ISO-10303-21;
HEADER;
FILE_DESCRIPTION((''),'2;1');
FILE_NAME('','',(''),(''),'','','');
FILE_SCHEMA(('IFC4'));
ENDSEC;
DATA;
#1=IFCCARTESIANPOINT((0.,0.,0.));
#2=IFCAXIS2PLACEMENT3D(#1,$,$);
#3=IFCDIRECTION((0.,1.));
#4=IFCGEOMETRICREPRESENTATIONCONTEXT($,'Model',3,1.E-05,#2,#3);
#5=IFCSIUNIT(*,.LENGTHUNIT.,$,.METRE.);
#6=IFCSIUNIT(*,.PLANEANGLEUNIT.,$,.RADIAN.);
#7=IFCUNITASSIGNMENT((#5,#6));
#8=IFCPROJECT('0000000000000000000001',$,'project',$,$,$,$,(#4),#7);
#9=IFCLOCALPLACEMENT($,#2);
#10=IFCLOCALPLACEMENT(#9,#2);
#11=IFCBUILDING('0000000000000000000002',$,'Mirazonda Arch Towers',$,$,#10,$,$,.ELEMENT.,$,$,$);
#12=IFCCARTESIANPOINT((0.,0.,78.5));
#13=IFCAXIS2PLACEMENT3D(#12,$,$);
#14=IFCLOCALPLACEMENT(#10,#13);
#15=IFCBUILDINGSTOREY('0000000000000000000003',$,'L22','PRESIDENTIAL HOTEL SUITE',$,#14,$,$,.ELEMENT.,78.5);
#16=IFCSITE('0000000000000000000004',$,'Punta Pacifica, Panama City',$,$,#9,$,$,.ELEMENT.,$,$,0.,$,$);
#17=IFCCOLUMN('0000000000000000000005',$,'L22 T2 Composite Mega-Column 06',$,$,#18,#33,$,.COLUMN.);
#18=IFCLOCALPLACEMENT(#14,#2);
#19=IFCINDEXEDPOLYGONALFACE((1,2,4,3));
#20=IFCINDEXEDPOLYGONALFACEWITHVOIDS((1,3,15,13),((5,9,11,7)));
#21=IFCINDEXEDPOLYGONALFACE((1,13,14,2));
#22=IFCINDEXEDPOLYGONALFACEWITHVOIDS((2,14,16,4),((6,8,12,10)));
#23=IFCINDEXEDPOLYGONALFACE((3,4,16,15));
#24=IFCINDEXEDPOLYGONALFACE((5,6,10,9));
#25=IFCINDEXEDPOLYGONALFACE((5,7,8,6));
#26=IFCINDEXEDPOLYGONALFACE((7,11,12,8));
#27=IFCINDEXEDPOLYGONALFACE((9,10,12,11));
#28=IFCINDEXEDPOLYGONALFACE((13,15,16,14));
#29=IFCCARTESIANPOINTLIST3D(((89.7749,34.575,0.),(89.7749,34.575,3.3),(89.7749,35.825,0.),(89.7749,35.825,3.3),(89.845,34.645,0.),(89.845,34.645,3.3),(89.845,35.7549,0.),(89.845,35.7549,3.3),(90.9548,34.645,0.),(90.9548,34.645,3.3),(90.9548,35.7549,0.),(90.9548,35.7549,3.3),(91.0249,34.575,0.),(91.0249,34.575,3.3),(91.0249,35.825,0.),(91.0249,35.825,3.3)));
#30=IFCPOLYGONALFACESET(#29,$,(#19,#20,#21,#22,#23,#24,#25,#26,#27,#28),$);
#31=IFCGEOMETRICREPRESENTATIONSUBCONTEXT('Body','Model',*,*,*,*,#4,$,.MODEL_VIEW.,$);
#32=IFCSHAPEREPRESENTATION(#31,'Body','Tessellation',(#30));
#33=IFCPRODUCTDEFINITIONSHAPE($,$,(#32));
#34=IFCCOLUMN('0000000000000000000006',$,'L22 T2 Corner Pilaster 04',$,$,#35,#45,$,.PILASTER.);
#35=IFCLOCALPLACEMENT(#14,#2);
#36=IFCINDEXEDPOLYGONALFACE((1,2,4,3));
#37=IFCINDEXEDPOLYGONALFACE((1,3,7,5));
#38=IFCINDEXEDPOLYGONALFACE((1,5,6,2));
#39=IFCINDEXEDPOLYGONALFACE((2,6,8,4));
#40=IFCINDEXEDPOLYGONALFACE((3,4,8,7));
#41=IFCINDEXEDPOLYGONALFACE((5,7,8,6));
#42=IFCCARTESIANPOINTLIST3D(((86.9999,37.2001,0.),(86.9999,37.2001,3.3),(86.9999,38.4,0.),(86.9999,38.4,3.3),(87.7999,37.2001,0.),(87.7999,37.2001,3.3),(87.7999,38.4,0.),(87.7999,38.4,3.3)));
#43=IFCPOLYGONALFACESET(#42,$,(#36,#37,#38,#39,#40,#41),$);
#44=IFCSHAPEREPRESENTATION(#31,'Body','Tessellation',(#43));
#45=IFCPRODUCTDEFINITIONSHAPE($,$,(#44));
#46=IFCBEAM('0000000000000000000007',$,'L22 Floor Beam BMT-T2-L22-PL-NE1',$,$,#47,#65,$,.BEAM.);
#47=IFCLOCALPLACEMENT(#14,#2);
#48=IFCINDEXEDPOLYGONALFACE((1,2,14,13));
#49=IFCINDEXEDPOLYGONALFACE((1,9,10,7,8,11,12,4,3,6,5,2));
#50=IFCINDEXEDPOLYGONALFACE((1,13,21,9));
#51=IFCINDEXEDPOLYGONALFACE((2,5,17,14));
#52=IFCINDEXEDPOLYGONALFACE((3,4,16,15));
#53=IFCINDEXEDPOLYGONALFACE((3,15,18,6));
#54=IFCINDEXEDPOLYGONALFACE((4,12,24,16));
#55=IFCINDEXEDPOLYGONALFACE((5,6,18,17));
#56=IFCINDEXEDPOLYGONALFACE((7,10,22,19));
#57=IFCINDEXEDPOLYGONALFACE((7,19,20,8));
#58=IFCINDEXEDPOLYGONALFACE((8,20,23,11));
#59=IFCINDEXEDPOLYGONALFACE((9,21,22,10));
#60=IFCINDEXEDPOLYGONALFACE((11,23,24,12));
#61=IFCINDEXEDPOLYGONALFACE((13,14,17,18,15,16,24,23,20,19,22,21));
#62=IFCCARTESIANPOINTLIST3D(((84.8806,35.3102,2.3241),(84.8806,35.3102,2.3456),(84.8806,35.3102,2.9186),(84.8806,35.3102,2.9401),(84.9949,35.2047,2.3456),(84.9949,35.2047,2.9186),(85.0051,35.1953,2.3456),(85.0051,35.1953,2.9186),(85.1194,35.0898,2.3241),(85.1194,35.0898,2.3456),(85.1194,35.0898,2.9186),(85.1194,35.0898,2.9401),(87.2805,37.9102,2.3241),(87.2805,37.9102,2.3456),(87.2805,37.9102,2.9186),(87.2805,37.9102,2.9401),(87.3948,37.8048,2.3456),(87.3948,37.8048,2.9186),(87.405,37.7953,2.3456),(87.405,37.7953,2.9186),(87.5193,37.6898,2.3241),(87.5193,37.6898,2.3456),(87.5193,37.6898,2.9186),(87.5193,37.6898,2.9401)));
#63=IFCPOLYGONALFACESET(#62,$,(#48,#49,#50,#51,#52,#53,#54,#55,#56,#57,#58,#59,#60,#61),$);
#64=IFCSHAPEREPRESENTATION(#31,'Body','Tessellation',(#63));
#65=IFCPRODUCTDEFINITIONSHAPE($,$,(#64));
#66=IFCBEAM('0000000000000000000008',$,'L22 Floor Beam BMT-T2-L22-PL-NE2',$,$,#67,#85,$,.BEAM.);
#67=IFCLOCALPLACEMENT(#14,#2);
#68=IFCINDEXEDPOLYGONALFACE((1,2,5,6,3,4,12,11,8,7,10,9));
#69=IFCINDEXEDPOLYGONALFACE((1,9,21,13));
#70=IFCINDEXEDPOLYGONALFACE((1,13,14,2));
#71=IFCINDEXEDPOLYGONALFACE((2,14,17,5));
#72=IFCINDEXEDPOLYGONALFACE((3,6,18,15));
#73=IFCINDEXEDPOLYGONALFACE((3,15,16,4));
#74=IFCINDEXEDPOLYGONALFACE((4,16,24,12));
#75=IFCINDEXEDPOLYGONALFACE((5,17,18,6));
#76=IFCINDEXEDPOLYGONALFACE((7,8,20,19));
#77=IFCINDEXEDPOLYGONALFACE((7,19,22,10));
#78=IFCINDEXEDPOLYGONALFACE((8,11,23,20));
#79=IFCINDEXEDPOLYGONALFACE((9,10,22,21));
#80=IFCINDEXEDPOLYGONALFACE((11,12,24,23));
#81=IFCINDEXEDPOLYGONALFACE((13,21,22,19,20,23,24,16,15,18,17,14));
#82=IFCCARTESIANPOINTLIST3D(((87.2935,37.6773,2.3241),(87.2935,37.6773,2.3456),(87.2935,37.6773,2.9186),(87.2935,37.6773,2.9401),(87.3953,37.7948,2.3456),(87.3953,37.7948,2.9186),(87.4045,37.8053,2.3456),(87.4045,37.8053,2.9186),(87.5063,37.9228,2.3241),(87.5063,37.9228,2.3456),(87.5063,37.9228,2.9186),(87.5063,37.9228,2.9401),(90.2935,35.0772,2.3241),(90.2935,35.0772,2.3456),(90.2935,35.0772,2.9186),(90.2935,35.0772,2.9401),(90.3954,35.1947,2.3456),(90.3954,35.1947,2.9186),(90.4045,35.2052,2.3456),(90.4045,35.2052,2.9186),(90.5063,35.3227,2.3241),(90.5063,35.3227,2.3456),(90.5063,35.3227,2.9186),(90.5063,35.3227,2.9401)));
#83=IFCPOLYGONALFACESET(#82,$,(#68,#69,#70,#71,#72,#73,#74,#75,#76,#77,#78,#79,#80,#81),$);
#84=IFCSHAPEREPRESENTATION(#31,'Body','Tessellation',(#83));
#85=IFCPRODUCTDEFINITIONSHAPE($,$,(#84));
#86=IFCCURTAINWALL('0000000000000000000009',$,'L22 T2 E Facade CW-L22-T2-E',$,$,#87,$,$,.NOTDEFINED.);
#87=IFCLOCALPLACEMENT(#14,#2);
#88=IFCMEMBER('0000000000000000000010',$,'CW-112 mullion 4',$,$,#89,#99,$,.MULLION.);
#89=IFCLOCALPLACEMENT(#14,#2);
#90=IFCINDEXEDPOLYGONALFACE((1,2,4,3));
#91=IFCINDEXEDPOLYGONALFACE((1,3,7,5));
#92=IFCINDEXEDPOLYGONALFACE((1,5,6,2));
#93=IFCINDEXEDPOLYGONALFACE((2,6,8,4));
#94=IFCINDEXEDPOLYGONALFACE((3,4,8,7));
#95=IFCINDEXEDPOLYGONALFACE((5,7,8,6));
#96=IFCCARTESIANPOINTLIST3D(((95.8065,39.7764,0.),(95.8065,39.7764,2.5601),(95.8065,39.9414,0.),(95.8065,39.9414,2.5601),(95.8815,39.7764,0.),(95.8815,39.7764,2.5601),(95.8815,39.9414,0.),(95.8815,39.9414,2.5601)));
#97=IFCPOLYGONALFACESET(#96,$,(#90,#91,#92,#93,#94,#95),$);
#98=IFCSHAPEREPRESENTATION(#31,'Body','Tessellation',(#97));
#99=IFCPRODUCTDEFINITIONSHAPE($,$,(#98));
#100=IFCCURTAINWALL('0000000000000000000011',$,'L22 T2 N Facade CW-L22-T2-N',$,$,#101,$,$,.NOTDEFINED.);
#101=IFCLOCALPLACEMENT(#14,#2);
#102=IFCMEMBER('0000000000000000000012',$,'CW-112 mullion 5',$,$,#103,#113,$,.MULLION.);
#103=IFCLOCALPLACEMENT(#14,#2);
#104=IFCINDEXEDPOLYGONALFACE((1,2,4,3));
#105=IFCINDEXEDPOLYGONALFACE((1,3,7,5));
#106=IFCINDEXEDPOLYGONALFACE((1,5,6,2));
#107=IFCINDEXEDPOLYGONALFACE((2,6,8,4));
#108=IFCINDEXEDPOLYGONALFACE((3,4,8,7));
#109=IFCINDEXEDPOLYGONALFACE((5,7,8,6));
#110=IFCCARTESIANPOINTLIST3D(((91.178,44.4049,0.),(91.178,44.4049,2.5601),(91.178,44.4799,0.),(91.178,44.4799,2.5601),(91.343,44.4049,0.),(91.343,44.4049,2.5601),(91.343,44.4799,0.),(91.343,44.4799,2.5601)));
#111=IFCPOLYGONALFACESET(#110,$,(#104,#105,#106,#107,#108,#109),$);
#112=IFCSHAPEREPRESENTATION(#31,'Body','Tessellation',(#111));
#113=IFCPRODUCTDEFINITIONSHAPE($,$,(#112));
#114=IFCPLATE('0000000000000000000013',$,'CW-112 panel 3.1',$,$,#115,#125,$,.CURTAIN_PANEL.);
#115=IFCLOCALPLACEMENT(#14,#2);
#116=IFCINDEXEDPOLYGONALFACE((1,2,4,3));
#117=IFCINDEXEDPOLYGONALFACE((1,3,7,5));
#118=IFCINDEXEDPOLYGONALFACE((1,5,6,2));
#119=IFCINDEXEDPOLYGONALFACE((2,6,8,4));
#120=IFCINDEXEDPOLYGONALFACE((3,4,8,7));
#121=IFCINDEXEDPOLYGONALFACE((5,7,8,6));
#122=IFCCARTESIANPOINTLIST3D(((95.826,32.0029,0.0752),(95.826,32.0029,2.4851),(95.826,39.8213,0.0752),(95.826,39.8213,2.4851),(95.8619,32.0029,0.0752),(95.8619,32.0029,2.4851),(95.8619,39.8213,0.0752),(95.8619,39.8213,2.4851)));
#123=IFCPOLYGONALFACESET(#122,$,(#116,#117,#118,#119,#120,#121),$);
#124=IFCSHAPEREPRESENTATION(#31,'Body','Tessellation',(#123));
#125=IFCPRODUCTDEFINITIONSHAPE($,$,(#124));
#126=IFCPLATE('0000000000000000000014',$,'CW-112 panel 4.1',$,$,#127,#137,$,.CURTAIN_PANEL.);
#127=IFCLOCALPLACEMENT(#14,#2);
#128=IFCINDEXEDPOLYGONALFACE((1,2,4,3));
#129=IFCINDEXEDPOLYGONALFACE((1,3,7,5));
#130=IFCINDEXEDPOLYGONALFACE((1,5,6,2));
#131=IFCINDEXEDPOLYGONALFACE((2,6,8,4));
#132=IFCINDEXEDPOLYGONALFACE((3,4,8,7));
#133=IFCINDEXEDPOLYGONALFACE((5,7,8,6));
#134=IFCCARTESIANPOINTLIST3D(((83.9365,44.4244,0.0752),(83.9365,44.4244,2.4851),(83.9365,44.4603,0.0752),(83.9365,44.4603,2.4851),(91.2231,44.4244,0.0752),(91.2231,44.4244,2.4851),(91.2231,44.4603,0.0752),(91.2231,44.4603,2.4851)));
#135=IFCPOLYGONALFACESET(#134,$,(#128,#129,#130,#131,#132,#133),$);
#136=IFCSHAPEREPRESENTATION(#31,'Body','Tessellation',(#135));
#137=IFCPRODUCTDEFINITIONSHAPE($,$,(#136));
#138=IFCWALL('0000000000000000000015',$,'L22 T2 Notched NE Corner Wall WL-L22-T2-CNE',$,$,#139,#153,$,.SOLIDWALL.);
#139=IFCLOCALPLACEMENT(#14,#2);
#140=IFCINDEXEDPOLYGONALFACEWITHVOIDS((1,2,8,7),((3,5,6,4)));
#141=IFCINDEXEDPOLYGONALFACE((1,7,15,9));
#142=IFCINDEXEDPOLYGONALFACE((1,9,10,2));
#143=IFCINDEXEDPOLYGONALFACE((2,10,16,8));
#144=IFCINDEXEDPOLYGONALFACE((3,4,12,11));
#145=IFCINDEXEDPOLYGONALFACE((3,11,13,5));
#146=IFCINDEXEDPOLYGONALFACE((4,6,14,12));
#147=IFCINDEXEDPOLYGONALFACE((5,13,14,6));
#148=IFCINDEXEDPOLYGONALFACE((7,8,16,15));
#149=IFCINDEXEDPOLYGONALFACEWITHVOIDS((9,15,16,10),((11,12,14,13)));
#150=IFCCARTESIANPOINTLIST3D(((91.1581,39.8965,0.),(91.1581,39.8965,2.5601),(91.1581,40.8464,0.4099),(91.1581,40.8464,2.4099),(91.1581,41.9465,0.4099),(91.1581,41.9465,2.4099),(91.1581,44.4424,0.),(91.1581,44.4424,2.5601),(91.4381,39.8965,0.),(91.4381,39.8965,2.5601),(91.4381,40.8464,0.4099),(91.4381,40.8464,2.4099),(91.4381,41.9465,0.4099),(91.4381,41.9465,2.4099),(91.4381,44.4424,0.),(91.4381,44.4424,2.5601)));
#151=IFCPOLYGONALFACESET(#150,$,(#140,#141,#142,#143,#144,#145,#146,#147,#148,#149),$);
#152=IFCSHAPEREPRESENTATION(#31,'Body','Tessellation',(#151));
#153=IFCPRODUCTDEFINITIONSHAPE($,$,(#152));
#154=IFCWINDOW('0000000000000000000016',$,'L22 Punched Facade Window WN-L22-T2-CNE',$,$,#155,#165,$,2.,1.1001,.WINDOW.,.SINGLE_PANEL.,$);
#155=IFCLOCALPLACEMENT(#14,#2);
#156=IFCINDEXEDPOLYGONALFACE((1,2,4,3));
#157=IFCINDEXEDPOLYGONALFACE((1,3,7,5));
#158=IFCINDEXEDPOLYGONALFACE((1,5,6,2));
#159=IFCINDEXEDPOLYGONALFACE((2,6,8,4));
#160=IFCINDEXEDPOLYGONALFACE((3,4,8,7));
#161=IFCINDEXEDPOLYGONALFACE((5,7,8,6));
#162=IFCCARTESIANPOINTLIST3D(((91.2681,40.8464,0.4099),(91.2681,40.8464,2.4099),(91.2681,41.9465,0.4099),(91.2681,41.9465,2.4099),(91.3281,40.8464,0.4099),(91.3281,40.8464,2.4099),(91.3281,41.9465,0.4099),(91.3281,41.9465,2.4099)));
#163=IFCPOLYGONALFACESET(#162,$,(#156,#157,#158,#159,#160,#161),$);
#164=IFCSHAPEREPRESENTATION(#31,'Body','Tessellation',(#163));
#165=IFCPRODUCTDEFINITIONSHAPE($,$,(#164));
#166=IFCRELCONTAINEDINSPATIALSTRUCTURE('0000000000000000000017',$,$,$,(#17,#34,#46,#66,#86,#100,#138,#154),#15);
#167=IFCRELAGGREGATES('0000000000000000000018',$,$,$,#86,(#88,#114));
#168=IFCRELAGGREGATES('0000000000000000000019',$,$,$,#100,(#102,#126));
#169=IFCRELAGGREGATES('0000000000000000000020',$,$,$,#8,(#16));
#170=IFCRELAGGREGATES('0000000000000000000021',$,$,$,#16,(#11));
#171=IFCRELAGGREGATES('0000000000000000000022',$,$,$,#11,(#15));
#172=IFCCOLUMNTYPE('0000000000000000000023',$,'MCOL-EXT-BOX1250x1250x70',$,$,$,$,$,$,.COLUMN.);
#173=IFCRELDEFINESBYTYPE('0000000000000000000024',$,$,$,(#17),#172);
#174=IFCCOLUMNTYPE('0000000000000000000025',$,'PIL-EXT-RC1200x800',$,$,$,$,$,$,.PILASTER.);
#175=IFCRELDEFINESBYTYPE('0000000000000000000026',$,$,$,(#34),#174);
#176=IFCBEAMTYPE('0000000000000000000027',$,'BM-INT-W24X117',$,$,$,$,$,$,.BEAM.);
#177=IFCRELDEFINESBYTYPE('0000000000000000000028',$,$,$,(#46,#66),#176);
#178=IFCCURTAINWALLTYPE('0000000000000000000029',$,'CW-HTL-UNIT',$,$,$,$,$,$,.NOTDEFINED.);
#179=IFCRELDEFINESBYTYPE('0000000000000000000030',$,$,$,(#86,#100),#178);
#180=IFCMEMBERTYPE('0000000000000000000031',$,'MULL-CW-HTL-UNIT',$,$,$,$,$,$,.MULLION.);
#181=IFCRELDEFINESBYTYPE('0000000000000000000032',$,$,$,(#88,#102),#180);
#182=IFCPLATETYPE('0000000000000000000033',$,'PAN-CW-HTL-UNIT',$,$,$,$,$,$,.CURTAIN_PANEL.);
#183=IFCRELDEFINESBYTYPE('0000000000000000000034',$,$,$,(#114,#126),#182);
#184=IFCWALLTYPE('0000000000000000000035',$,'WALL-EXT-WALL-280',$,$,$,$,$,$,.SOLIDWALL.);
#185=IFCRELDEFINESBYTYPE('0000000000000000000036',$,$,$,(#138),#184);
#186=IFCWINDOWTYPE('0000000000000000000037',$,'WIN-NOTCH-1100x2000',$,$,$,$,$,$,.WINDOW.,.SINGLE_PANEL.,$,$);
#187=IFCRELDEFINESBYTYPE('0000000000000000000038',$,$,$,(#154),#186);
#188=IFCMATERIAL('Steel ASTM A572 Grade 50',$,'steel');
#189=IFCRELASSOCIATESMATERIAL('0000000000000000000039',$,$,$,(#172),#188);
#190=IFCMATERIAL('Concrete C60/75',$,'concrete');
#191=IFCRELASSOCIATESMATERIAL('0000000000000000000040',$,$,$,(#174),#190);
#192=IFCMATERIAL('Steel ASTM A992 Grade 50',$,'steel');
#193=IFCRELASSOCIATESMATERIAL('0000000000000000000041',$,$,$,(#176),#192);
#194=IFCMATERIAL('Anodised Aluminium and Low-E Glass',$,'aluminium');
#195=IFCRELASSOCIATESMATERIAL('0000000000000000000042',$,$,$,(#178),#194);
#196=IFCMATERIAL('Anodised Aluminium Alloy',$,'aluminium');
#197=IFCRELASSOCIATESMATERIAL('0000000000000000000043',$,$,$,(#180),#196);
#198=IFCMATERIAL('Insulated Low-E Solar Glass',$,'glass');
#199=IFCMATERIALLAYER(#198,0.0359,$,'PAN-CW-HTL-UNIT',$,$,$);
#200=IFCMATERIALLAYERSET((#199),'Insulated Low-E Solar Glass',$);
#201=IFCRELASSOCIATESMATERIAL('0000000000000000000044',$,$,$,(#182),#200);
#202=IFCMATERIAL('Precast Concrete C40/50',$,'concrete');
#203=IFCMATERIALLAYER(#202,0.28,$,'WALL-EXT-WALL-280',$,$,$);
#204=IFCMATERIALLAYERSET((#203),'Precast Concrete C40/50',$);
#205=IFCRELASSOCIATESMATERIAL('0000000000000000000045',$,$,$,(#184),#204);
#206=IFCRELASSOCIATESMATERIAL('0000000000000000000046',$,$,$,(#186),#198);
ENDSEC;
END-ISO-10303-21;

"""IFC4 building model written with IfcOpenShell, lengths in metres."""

from ifc_helpers import new_model, si_unit, direction, frame, frame_2d, origin, origin_2d, place, context, subcontext, project, spatial, rectangle, hollow_rectangle, i_section, extrude, material, layer, layer_set, material_profile, profile_set, type_object, element, fill, aggregate, save


model = new_model("IFC4")

# Units and contexts
model_context = context("Model", 3, precision=1e-05, world=origin(), true_north=direction((0.0, 1.0)))
body_context = subcontext(model_context, "Body", "Model", "MODEL_VIEW")
ifc_project = project(units=[si_unit("LENGTHUNIT", "METRE"), si_unit("PLANEANGLEUNIT", "RADIAN")], contexts=[model_context])

# Site, building, storey
site_placement = place(None, origin())
site = spatial("IfcSite", under=ifc_project, at=site_placement, Name="Punta Pacifica, Panama City", CompositionType="ELEMENT", RefElevation=0.0)
building_placement = place(site_placement, origin())
building = spatial("IfcBuilding", under=site, at=building_placement, Name="Mirazonda Arch Towers", CompositionType="ELEMENT")
storey_placement = place(building_placement, frame((0.0, 0.0, 78.5)))
storey = spatial("IfcBuildingStorey", under=building, at=storey_placement, Name="L22", Description="PRESIDENTIAL HOTEL SUITE", CompositionType="ELEMENT", Elevation=78.5)

# Columns
ifc_material_1 = material(Name="Steel ASTM A572 Grade 50", Category="steel")
ifc_material_profile_1 = material_profile(ifc_material_1, hollow_rectangle(XDim=1.25, YDim=1.25, WallThickness=0.0701, at=origin_2d()), Name="BOX1250x1250x70")
ifc_profile_set_1 = profile_set([ifc_material_profile_1], Name="Steel ASTM A572 Grade 50")
column_type_1 = type_object("IfcColumnType", Name="MCOL-EXT-BOX1250x1250x70", PredefinedType="COLUMN", material=ifc_profile_set_1)
column_1_placement = place(storey_placement, frame((90.3999, 35.2, 0.0), z_axis=(0.0, 0.0, 1.0), x_axis=(1.0, 0.0, 0.0)))
element("IfcColumn", 1, at=column_1_placement, inside=storey, type_object=column_type_1, Name="L22 T2 Composite Mega-Column 06", PredefinedType="COLUMN", context=body_context, shape_type="SweptSolid", body=[
    extrude(hollow_rectangle(XDim=1.25, YDim=1.25, WallThickness=0.0701, at=origin_2d()), origin(), (0.0, 0.0, 1.0), 3.3),
])
ifc_material_2 = material(Name="Concrete C60/75", Category="concrete")
ifc_material_profile_2 = material_profile(ifc_material_2, rectangle(XDim=0.8, YDim=1.2, at=origin_2d()), Name="RC1200x800")
ifc_profile_set_2 = profile_set([ifc_material_profile_2], Name="Concrete C60/75")
column_type_2 = type_object("IfcColumnType", Name="PIL-EXT-RC1200x800", PredefinedType="PILASTER", material=ifc_profile_set_2)
column_2_placement = place(storey_placement, frame((87.3999, 37.8, 0.0), z_axis=(0.0, 0.0, 1.0), x_axis=(1.0, 0.0, 0.0)))
element("IfcColumn", 2, at=column_2_placement, inside=storey, type_object=column_type_2, Name="L22 T2 Corner Pilaster 04", PredefinedType="PILASTER", context=body_context, shape_type="SweptSolid", body=[
    extrude(rectangle(XDim=0.8, YDim=1.2, at=origin_2d()), origin(), (0.0, 0.0, 1.0), 3.3),
])

# Beams
ifc_material_3 = material(Name="Steel ASTM A992 Grade 50", Category="steel")
ifc_material_profile_3 = material_profile(ifc_material_3, i_section(OverallWidth=0.325, OverallDepth=0.616, WebThickness=0.0139, FlangeThickness=0.0215, at=origin_2d()), Name="W24X117")
ifc_profile_set_3 = profile_set([ifc_material_profile_3], Name="Steel ASTM A992 Grade 50")
beam_type = type_object("IfcBeamType", Name="BM-INT-W24X117", PredefinedType="BEAM", material=ifc_profile_set_3)
beam_1_placement = place(storey_placement, frame((87.3999, 37.8, 2.6321), z_axis=(-0.678251, -0.73483, 0.0), x_axis=(0.73483, -0.678251, 0.0)))
element("IfcBeam", 3, at=beam_1_placement, inside=storey, type_object=beam_type, Name="L22 Floor Beam BMT-T2-L22-PL-NE1", PredefinedType="BEAM", context=body_context, shape_type="SweptSolid", body=[
    extrude(i_section(OverallWidth=0.325, OverallDepth=0.616, WebThickness=0.0139, FlangeThickness=0.0215, at=origin_2d()), origin(), (0.0, 0.0, 1.0), 3.5383),
])
beam_2_placement = place(storey_placement, frame((87.3999, 37.8, 2.6321), z_axis=(0.755677, -0.654945, 0.0), x_axis=(0.654945, 0.755677, 0.0)))
element("IfcBeam", 4, at=beam_2_placement, inside=storey, type_object=beam_type, Name="L22 Floor Beam BMT-T2-L22-PL-NE2", PredefinedType="BEAM", context=body_context, shape_type="SweptSolid", body=[
    extrude(i_section(OverallWidth=0.325, OverallDepth=0.616, WebThickness=0.0139, FlangeThickness=0.0215, at=origin_2d()), origin(), (0.0, 0.0, 1.0), 3.97),
])

# Curtain walls, members
ifc_material_4 = material(Name="Anodised Aluminium and Low-E Glass", Category="aluminium")
curtain_wall_type = type_object("IfcCurtainWallType", Name="CW-HTL-UNIT", PredefinedType="NOTDEFINED", material=ifc_material_4)
curtain_wall_1_placement = place(storey_placement, origin())
curtain_wall_1 = element("IfcCurtainWall", 5, at=curtain_wall_1_placement, inside=storey, type_object=curtain_wall_type, Name="L22 T2 E Facade CW-L22-T2-E", PredefinedType="NOTDEFINED")
ifc_material_5 = material(Name="Anodised Aluminium Alloy", Category="aluminium")
ifc_material_profile_4 = material_profile(ifc_material_5, rectangle(XDim=0.075, YDim=0.165, at=origin_2d()), Name="ALU-MULL-75x165")
ifc_profile_set_4 = profile_set([ifc_material_profile_4], Name="Anodised Aluminium Alloy")
member_type = type_object("IfcMemberType", Name="MULL-CW-HTL-UNIT", PredefinedType="MULLION", material=ifc_profile_set_4)
member_1_placement = place(storey_placement, frame((95.844, 39.8589, 0.0), z_axis=(0.0, 0.0, 1.0), x_axis=(-1.0, 0.0, 0.0)))
member_1 = element("IfcMember", 6, at=member_1_placement, type_object=member_type, Name="CW-112 mullion 4", PredefinedType="MULLION", context=body_context, shape_type="SweptSolid", body=[
    extrude(rectangle(XDim=0.075, YDim=0.165, at=origin_2d()), origin(), (0.0, 0.0, 1.0), 2.5601),
])
curtain_wall_2_placement = place(storey_placement, origin())
curtain_wall_2 = element("IfcCurtainWall", 7, at=curtain_wall_2_placement, inside=storey, type_object=curtain_wall_type, Name="L22 T2 N Facade CW-L22-T2-N", PredefinedType="NOTDEFINED")
member_2_placement = place(storey_placement, frame((91.2605, 44.4424, 0.0), z_axis=(0.0, 0.0, 1.0), x_axis=(0.0, 1.0, 0.0)))
member_2 = element("IfcMember", 8, at=member_2_placement, type_object=member_type, Name="CW-112 mullion 5", PredefinedType="MULLION", context=body_context, shape_type="SweptSolid", body=[
    extrude(rectangle(XDim=0.075, YDim=0.165, at=origin_2d()), origin(), (0.0, 0.0, 1.0), 2.5601),
])

# Plates
ifc_material_6 = material(Name="Insulated Low-E Solar Glass", Category="glass")
ifc_layer_1 = layer(ifc_material_6, 0.0359, Name="PAN-CW-HTL-UNIT")
ifc_layer_set_1 = layer_set([ifc_layer_1], Name="Insulated Low-E Solar Glass")
plate_type = type_object("IfcPlateType", Name="PAN-CW-HTL-UNIT", PredefinedType="CURTAIN_PANEL", material=ifc_layer_set_1)
plate_1_placement = place(storey_placement, frame((95.844, 35.9121, 0.0752), z_axis=(0.0, 0.0, 1.0), x_axis=(0.0, 1.0, 0.0)))
plate_1 = element("IfcPlate", 9, at=plate_1_placement, type_object=plate_type, Name="CW-112 panel 3.1", PredefinedType="CURTAIN_PANEL", context=body_context, shape_type="SweptSolid", body=[
    extrude(rectangle(XDim=7.8184, YDim=0.0359, at=origin_2d()), origin(), (0.0, 0.0, 1.0), 2.4099),
])
aggregate(curtain_wall_1, [member_1, plate_1])
plate_2_placement = place(storey_placement, frame((87.5798, 44.4424, 0.0752), z_axis=(0.0, 0.0, 1.0), x_axis=(1.0, 0.0, 0.0)))
plate_2 = element("IfcPlate", 10, at=plate_2_placement, type_object=plate_type, Name="CW-112 panel 4.1", PredefinedType="CURTAIN_PANEL", context=body_context, shape_type="SweptSolid", body=[
    extrude(rectangle(XDim=7.2866, YDim=0.0359, at=origin_2d()), origin(), (0.0, 0.0, 1.0), 2.4099),
])
aggregate(curtain_wall_2, [member_2, plate_2])

# Wall, opening, window
ifc_material_7 = material(Name="Precast Concrete C40/50", Category="concrete")
ifc_layer_2 = layer(ifc_material_7, 0.28, Name="WALL-EXT-WALL-280")
ifc_layer_set_2 = layer_set([ifc_layer_2], Name="Precast Concrete C40/50")
wall_type_1 = type_object("IfcWallType", Name="WALL-EXT-WALL-280", PredefinedType="SOLIDWALL", material=ifc_layer_set_2)
wall_1_placement = place(storey_placement, frame((91.2981, 39.8965, 0.0), z_axis=(0.0, 0.0, 1.0), x_axis=(0.0, 1.0, 0.0)))
wall_1 = element("IfcWall", 11, at=wall_1_placement, inside=storey, type_object=wall_type_1, Name="L22 T2 Notched NE Corner Wall WL-L22-T2-CNE", PredefinedType="SOLIDWALL", context=body_context, shape_type="SweptSolid", body=[
    extrude(rectangle(XDim=4.5459, YDim=0.28, at=frame_2d((2.2729, 0.0))), origin(), (0.0, 0.0, 1.0), 2.5601),
])
opening_1_placement = place(wall_1_placement, frame((0.95, 0.0, 0.4099)))
opening_1 = element("IfcOpeningElement", 12, at=opening_1_placement, cuts=wall_1, PredefinedType="OPENING", context=body_context, shape_type="SweptSolid", body=[
    extrude(rectangle(XDim=1.1001, YDim=2.0, at=frame_2d((0.55, 1.0))), frame((0.0, 0.1499, 0.0), z_axis=(0.0, -1.0, 0.0), x_axis=(1.0, 0.0, 0.0)), (0.0, 0.0, 1.0), 0.3),
])
window_type = type_object("IfcWindowType", Name="WIN-NOTCH-1100x2000", PartitioningType="SINGLE_PANEL", PredefinedType="WINDOW", material=ifc_material_6)
window_1_placement = place(opening_1_placement, origin())
window_1 = element("IfcWindow", 13, at=window_1_placement, inside=storey, type_object=window_type, Name="L22 Punched Facade Window WN-L22-T2-CNE", OverallHeight=2.0, OverallWidth=1.1001, PartitioningType="SINGLE_PANEL", PredefinedType="WINDOW", context=body_context, shape_type="SweptSolid", body=[
    extrude(rectangle(XDim=1.1001, YDim=2.0, at=frame_2d((0.55, 1.0))), frame((0.0, 0.03, 0.0), z_axis=(0.0, -1.0, 0.0), x_axis=(1.0, 0.0, 0.0)), (0.0, 0.0, 1.0), 0.0601),
])
fill(opening_1, window_1)

save(model, "model.ifc")
